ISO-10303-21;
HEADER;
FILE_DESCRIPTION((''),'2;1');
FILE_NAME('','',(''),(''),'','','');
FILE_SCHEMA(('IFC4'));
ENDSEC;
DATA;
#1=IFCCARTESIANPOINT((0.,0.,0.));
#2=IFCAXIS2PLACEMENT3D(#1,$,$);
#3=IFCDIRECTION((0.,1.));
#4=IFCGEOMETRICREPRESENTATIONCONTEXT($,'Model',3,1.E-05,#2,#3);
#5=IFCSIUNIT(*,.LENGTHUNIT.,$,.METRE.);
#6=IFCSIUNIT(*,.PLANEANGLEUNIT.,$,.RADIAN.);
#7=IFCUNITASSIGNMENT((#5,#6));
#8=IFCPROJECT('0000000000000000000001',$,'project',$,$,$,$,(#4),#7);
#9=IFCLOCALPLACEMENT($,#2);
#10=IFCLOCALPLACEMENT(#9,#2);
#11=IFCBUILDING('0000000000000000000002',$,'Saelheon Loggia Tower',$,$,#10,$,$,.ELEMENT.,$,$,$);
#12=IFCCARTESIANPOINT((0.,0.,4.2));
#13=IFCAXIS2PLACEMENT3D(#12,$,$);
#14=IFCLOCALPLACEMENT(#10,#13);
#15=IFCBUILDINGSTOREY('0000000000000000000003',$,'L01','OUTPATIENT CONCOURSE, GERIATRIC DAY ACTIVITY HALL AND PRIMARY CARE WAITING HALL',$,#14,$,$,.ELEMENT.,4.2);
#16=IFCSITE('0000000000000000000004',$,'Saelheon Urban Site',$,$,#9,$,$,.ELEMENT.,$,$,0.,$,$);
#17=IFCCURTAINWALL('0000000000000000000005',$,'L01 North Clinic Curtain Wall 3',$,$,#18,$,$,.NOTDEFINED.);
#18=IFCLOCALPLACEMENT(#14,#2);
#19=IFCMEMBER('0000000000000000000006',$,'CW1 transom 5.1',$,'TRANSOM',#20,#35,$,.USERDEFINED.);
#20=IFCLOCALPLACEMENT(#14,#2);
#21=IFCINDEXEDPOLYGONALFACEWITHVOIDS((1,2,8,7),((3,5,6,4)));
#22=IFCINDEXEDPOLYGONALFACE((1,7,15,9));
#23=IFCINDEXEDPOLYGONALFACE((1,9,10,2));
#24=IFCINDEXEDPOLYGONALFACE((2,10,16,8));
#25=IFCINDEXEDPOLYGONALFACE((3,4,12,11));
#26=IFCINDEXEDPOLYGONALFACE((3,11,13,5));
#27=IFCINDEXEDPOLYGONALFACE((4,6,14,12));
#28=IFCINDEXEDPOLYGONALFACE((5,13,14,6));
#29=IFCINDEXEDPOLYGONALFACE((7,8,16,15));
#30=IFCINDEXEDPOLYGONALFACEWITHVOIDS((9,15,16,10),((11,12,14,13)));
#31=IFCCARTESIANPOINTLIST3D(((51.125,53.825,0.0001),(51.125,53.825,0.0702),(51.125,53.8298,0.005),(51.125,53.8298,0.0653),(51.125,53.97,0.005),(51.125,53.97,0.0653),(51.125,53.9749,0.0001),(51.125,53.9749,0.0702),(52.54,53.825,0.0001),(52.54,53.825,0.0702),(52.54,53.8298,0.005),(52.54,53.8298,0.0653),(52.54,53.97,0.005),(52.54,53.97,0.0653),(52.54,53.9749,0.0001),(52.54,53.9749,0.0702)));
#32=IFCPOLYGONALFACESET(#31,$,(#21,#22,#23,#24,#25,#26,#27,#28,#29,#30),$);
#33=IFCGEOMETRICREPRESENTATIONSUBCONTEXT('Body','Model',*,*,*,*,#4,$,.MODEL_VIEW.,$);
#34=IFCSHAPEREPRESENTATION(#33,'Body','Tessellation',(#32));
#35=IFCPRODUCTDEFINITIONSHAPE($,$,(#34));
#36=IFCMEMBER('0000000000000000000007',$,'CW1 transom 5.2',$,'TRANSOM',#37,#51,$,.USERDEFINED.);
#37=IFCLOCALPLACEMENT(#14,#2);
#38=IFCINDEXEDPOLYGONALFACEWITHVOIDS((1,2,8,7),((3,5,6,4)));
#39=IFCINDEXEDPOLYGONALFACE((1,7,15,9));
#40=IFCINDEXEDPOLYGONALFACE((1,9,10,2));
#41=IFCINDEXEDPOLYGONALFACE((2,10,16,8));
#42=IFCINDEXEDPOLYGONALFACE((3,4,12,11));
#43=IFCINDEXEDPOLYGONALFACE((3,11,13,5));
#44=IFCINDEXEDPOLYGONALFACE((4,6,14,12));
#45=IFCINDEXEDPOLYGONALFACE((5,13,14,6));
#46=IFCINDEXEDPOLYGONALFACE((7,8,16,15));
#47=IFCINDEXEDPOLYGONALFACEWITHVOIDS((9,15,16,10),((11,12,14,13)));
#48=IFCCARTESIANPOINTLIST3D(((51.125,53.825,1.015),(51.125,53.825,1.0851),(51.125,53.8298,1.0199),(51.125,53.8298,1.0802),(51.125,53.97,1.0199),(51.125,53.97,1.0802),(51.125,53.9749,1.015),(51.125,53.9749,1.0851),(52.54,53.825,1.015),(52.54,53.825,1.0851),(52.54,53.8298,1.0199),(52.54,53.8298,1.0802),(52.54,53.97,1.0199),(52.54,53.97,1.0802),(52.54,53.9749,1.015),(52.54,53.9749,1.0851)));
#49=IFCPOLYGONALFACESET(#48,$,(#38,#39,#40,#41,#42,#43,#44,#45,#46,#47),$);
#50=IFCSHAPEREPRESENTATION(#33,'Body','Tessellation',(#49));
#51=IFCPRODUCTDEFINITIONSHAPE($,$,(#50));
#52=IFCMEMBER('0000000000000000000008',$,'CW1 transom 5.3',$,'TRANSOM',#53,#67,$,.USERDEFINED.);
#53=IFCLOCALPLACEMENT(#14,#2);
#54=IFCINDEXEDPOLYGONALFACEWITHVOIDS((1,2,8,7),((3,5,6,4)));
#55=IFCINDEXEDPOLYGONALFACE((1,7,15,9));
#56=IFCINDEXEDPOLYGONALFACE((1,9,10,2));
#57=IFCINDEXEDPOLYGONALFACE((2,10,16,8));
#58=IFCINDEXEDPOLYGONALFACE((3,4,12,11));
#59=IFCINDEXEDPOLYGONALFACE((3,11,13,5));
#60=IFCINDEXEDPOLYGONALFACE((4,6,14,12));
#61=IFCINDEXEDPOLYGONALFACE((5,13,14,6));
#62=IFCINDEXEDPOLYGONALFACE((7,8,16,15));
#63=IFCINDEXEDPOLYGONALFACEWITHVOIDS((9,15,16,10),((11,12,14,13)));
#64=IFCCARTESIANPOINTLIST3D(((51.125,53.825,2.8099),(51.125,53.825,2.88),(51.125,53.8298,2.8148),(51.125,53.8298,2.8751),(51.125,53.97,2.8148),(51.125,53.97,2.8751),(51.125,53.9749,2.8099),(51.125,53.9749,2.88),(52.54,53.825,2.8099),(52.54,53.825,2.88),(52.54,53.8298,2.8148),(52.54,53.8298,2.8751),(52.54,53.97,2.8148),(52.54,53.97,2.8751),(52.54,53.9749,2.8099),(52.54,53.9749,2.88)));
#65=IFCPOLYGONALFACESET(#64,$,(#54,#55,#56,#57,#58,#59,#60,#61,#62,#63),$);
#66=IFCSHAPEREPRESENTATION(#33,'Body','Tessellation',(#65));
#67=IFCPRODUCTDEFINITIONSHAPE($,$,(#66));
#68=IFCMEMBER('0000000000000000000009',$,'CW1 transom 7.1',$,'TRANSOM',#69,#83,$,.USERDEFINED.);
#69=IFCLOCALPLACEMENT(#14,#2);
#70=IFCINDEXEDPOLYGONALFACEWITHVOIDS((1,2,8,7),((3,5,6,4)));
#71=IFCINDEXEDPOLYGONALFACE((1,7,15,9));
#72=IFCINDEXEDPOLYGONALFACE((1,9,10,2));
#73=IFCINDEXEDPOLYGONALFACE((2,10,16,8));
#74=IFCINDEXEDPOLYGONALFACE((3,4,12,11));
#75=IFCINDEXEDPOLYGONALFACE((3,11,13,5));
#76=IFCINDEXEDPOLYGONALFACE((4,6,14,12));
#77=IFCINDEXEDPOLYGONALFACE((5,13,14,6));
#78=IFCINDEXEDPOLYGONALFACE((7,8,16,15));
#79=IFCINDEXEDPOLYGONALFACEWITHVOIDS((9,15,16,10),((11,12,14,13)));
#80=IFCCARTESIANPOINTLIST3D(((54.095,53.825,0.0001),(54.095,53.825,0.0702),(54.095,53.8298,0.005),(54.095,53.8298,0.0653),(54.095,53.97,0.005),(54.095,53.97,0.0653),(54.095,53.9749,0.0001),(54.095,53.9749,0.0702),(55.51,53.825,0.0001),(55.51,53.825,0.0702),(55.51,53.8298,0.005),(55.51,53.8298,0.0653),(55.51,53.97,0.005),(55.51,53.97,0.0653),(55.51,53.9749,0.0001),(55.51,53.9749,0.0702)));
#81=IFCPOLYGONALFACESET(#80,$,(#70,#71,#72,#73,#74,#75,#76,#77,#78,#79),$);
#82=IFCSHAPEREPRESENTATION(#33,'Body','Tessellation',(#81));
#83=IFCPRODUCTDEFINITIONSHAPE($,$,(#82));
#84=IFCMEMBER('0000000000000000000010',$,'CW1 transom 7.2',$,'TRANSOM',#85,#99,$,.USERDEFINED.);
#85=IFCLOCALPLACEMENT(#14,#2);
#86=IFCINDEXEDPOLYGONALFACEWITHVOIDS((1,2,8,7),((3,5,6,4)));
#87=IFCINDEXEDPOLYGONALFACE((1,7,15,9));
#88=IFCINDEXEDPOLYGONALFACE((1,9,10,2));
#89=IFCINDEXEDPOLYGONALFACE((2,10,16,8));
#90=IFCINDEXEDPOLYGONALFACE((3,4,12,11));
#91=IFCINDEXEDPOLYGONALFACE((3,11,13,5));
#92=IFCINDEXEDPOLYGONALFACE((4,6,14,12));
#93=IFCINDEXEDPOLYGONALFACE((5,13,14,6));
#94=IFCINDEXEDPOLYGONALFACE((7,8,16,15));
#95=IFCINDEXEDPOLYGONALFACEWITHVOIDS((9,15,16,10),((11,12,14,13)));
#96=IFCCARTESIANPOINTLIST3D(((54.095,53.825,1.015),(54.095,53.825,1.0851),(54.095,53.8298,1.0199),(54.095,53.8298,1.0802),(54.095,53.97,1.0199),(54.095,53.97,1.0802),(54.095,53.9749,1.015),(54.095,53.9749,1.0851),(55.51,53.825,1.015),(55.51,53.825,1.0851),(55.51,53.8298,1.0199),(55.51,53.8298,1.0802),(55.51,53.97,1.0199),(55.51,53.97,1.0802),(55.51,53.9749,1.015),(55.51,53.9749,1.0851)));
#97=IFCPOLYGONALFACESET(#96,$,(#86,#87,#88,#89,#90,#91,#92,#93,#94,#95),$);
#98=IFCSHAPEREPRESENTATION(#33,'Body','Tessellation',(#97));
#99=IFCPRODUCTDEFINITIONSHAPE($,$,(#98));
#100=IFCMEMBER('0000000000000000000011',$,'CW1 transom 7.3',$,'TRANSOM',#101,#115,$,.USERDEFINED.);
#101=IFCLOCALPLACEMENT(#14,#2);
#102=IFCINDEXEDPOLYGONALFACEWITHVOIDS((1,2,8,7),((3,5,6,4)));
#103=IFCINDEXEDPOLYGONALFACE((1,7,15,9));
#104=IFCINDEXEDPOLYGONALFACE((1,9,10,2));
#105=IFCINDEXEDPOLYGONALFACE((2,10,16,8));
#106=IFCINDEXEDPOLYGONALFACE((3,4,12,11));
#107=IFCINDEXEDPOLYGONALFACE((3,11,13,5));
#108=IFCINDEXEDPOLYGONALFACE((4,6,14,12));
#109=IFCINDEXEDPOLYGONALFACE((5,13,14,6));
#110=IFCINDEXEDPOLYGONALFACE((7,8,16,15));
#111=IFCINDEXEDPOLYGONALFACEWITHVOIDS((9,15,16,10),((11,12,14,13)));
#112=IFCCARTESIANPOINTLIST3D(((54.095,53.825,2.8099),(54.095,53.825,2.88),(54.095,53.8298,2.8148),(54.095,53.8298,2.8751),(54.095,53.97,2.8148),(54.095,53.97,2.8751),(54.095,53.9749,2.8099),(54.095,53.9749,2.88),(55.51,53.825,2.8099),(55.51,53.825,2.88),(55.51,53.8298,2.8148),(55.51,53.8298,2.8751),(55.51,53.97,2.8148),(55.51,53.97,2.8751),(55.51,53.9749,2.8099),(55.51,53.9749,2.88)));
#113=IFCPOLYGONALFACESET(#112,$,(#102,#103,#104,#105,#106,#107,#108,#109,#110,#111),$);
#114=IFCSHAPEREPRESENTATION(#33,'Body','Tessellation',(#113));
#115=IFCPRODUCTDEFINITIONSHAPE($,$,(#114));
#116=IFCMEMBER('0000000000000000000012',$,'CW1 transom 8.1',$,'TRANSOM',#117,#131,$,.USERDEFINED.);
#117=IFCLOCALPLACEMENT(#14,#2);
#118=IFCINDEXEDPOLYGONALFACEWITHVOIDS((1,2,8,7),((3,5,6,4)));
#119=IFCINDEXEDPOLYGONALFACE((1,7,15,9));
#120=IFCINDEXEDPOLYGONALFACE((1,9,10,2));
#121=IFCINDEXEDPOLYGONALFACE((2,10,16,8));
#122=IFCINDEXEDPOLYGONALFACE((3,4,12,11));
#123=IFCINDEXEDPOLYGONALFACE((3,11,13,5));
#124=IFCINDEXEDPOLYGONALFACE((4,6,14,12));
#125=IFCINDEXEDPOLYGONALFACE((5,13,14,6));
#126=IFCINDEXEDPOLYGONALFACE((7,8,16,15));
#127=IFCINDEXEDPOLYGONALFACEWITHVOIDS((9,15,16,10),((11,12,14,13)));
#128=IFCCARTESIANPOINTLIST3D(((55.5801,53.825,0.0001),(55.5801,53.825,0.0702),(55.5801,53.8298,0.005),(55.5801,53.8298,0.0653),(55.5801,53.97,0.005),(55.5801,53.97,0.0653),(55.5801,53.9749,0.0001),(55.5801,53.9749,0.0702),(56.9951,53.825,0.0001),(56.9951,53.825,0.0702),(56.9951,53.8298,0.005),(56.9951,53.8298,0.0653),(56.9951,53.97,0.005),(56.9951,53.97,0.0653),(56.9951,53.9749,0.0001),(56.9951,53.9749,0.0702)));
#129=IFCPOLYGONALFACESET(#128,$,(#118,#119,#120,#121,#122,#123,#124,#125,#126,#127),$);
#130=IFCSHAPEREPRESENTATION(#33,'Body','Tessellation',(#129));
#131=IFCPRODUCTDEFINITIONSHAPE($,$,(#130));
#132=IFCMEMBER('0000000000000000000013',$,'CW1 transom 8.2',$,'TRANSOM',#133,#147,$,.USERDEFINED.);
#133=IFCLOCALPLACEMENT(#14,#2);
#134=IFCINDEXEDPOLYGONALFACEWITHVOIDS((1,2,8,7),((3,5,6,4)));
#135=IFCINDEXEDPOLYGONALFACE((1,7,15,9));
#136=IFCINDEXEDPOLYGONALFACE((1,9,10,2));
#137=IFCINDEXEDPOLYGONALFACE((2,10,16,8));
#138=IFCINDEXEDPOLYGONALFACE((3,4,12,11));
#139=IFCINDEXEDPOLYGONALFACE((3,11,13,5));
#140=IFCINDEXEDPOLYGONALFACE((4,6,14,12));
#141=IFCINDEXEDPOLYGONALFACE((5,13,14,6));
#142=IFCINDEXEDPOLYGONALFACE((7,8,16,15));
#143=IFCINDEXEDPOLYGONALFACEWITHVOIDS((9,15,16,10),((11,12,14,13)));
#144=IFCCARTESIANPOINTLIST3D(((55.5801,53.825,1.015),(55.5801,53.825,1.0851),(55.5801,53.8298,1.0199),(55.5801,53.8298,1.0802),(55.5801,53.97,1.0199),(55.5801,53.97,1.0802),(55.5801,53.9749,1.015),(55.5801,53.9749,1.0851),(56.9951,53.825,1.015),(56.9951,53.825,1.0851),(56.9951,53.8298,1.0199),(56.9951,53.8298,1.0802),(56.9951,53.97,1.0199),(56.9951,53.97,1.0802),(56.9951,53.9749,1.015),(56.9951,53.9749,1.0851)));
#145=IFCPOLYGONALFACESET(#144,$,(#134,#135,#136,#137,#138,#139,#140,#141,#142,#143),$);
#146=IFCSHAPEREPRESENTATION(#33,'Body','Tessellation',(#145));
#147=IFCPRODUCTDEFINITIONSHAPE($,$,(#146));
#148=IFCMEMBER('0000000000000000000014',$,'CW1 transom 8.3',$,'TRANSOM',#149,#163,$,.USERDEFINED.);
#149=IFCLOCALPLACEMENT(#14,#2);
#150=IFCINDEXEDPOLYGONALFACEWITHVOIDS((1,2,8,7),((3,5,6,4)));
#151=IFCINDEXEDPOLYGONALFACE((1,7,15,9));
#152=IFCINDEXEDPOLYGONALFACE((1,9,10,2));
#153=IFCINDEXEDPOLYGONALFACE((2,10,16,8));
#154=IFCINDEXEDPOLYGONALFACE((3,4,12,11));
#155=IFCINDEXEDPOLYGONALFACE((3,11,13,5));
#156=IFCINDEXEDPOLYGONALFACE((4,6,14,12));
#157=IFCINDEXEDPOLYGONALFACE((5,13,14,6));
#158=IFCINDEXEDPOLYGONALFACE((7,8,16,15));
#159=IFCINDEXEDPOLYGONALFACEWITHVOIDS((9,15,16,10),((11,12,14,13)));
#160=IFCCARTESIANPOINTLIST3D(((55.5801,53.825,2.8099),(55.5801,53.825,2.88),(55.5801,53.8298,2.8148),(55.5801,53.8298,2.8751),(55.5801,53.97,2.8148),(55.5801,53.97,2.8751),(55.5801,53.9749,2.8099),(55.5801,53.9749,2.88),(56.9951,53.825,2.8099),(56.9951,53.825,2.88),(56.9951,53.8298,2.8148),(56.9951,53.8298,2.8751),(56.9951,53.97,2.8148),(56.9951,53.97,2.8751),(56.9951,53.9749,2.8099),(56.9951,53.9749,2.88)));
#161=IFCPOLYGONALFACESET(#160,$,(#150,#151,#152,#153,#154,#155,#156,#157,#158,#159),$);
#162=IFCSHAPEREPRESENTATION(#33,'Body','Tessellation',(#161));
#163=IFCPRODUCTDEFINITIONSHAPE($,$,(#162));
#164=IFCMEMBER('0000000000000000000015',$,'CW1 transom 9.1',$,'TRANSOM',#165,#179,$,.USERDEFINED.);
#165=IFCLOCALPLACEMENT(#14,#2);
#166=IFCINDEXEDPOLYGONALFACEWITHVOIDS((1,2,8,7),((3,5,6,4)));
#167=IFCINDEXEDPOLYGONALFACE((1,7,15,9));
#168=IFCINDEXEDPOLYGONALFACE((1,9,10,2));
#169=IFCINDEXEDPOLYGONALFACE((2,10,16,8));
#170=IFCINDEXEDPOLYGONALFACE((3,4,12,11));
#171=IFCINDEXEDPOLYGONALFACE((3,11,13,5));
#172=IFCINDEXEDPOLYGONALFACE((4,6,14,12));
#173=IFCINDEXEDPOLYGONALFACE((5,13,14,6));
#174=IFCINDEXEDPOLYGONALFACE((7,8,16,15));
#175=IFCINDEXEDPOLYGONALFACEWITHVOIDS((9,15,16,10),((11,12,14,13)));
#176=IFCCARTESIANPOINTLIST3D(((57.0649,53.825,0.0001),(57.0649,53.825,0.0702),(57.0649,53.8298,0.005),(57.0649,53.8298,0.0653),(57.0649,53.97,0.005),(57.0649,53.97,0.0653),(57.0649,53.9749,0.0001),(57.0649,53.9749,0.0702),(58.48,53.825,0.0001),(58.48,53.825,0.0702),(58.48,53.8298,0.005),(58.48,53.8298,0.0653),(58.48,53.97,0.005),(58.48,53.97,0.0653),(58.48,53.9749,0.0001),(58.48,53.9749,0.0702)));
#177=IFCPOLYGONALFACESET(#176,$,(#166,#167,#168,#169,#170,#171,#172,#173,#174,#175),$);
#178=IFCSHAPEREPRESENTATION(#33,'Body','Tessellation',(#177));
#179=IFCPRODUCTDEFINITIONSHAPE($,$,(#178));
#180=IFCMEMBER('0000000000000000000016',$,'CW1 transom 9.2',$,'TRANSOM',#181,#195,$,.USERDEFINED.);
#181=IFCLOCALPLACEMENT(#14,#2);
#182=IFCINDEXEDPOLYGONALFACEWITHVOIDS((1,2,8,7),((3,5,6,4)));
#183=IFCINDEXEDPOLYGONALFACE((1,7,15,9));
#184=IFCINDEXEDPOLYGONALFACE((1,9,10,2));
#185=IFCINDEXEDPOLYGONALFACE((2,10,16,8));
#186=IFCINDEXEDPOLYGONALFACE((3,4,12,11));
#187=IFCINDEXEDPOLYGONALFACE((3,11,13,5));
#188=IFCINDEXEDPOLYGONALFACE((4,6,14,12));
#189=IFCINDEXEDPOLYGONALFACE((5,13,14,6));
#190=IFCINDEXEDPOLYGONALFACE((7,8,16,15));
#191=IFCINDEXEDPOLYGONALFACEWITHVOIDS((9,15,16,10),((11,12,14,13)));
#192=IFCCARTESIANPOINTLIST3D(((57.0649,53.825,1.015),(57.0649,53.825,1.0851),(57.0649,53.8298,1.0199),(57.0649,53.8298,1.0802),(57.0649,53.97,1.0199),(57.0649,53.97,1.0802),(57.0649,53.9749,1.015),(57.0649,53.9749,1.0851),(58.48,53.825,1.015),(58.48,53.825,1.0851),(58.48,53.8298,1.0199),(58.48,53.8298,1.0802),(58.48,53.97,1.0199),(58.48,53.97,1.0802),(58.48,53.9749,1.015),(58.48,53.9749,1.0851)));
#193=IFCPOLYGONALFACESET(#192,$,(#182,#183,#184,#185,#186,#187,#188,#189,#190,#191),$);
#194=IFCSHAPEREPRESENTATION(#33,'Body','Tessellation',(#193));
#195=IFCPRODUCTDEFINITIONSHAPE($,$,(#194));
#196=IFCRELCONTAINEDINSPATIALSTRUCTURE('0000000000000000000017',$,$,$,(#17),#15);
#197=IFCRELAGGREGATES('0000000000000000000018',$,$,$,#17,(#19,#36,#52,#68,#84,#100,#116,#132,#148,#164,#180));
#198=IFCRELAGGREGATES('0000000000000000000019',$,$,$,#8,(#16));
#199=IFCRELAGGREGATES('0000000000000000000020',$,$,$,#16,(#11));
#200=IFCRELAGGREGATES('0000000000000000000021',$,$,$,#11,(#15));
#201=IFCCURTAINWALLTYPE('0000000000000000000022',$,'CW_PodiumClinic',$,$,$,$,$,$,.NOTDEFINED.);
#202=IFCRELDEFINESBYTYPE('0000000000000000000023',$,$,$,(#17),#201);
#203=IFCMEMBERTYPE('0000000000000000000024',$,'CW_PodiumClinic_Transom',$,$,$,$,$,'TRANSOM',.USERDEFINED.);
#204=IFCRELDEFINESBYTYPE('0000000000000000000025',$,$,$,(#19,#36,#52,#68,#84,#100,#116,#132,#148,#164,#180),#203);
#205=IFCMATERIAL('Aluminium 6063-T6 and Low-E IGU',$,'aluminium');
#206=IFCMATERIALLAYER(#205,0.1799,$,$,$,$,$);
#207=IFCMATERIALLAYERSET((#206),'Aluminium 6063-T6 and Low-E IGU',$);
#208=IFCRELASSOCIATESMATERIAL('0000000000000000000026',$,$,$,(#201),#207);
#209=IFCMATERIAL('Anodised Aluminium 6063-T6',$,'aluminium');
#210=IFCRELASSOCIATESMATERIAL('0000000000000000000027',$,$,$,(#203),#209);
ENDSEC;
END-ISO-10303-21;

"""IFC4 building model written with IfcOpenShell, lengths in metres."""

from ifc_helpers import new_model, si_unit, direction, frame, origin, origin_2d, place, context, subcontext, project, spatial, hollow_rectangle, extrude, source, transform, mapped, material, layer, layer_set, material_profile, profile_set, type_object, element, aggregate, save


model = new_model("IFC4")

# Units and contexts
model_context = context("Model", 3, precision=1e-05, world=origin(), true_north=direction((0.0, 1.0)))
body_context = subcontext(model_context, "Body", "Model", "MODEL_VIEW")
ifc_project = project(units=[si_unit("LENGTHUNIT", "METRE"), si_unit("PLANEANGLEUNIT", "RADIAN")], contexts=[model_context])

# Site, building, storey
site_placement = place(None, origin())
site = spatial("IfcSite", under=ifc_project, at=site_placement, Name="Saelheon Urban Site", CompositionType="ELEMENT", RefElevation=0.0)
building_placement = place(site_placement, origin())
building = spatial("IfcBuilding", under=site, at=building_placement, Name="Saelheon Loggia Tower", CompositionType="ELEMENT")
storey_placement = place(building_placement, frame((0.0, 0.0, 4.2)))
storey = spatial("IfcBuildingStorey", under=building, at=storey_placement, Name="L01", Description="OUTPATIENT CONCOURSE, GERIATRIC DAY ACTIVITY HALL AND PRIMARY CARE WAITING HALL", CompositionType="ELEMENT", Elevation=4.2)

# Curtain wall, members
ifc_material_1 = material(Name="Aluminium 6063-T6 and Low-E IGU", Category="aluminium")
ifc_layer_1 = layer(ifc_material_1, 0.1799)
ifc_layer_set_1 = layer_set([ifc_layer_1], Name="Aluminium 6063-T6 and Low-E IGU")
curtain_wall_type = type_object("IfcCurtainWallType", Name="CW_PodiumClinic", PredefinedType="NOTDEFINED", material=ifc_layer_set_1)
curtain_wall_placement = place(storey_placement, origin())
curtain_wall = element("IfcCurtainWall", 1, at=curtain_wall_placement, inside=storey, type_object=curtain_wall_type, Name="L01 North Clinic Curtain Wall 3", PredefinedType="NOTDEFINED")
ifc_material_2 = material(Name="Anodised Aluminium 6063-T6", Category="aluminium")
ifc_material_profile_1 = material_profile(ifc_material_2, hollow_rectangle(XDim=0.0701, YDim=0.1499, WallThickness=0.0049, at=origin_2d()), Name="RHS-150x70x5")
ifc_profile_set_1 = profile_set([ifc_material_profile_1], Name="Anodised Aluminium 6063-T6")
member_type_1 = type_object("IfcMemberType", Name="CW_PodiumClinic_Transom", ElementType="TRANSOM", PredefinedType="USERDEFINED", material=ifc_profile_set_1)
shared_shape_1 = source(origin(), body_context, "Body", "SweptSolid", [
    extrude(hollow_rectangle(XDim=0.0701, YDim=0.1499, WallThickness=0.0049, at=origin_2d()), origin(), (0.0, 0.0, 1.0), 1.415),
])
member_1_placement = place(storey_placement, frame((51.125, 53.8999, 0.0352), z_axis=(1.0, 0.0, 0.0), x_axis=(0.0, 0.0, 1.0)))
member_1 = element("IfcMember", 2, at=member_1_placement, type_object=member_type_1, Name="CW1 transom 5.1", ObjectType="TRANSOM", PredefinedType="USERDEFINED", context=body_context, shape_type="MappedRepresentation", body=[
    mapped(shared_shape_1, transform((0.0, 0.0, 0.0), scale=1.0)),
])
member_2_placement = place(storey_placement, frame((51.125, 53.8999, 1.05), z_axis=(1.0, 0.0, 0.0), x_axis=(0.0, 0.0, 1.0)))
member_2 = element("IfcMember", 3, at=member_2_placement, type_object=member_type_1, Name="CW1 transom 5.2", ObjectType="TRANSOM", PredefinedType="USERDEFINED", context=body_context, shape_type="MappedRepresentation", body=[
    mapped(shared_shape_1, transform((0.0, 0.0, 0.0), scale=1.0)),
])
member_3_placement = place(storey_placement, frame((51.125, 53.8999, 2.845), z_axis=(1.0, 0.0, 0.0), x_axis=(0.0, 0.0, 1.0)))
member_3 = element("IfcMember", 4, at=member_3_placement, type_object=member_type_1, Name="CW1 transom 5.3", ObjectType="TRANSOM", PredefinedType="USERDEFINED", context=body_context, shape_type="MappedRepresentation", body=[
    mapped(shared_shape_1, transform((0.0, 0.0, 0.0), scale=1.0)),
])
member_4_placement = place(storey_placement, frame((54.095, 53.8999, 0.0352), z_axis=(1.0, 0.0, 0.0), x_axis=(0.0, 0.0, 1.0)))
member_4 = element("IfcMember", 5, at=member_4_placement, type_object=member_type_1, Name="CW1 transom 7.1", ObjectType="TRANSOM", PredefinedType="USERDEFINED", context=body_context, shape_type="MappedRepresentation", body=[
    mapped(shared_shape_1, transform((0.0, 0.0, 0.0), scale=1.0)),
])
member_5_placement = place(storey_placement, frame((54.095, 53.8999, 1.05), z_axis=(1.0, 0.0, 0.0), x_axis=(0.0, 0.0, 1.0)))
member_5 = element("IfcMember", 6, at=member_5_placement, type_object=member_type_1, Name="CW1 transom 7.2", ObjectType="TRANSOM", PredefinedType="USERDEFINED", context=body_context, shape_type="MappedRepresentation", body=[
    mapped(shared_shape_1, transform((0.0, 0.0, 0.0), scale=1.0)),
])
member_6_placement = place(storey_placement, frame((54.095, 53.8999, 2.845), z_axis=(1.0, 0.0, 0.0), x_axis=(0.0, 0.0, 1.0)))
member_6 = element("IfcMember", 7, at=member_6_placement, type_object=member_type_1, Name="CW1 transom 7.3", ObjectType="TRANSOM", PredefinedType="USERDEFINED", context=body_context, shape_type="MappedRepresentation", body=[
    mapped(shared_shape_1, transform((0.0, 0.0, 0.0), scale=1.0)),
])
member_7_placement = place(storey_placement, frame((55.5801, 53.8999, 0.0352), z_axis=(1.0, 0.0, 0.0), x_axis=(0.0, 0.0, 1.0)))
member_7 = element("IfcMember", 8, at=member_7_placement, type_object=member_type_1, Name="CW1 transom 8.1", ObjectType="TRANSOM", PredefinedType="USERDEFINED", context=body_context, shape_type="MappedRepresentation", body=[
    mapped(shared_shape_1, transform((0.0, 0.0, 0.0), scale=1.0)),
])
member_8_placement = place(storey_placement, frame((55.5801, 53.8999, 1.05), z_axis=(1.0, 0.0, 0.0), x_axis=(0.0, 0.0, 1.0)))
member_8 = element("IfcMember", 9, at=member_8_placement, type_object=member_type_1, Name="CW1 transom 8.2", ObjectType="TRANSOM", PredefinedType="USERDEFINED", context=body_context, shape_type="MappedRepresentation", body=[
    mapped(shared_shape_1, transform((0.0, 0.0, 0.0), scale=1.0)),
])
member_9_placement = place(storey_placement, frame((55.5801, 53.8999, 2.845), z_axis=(1.0, 0.0, 0.0), x_axis=(0.0, 0.0, 1.0)))
member_9 = element("IfcMember", 10, at=member_9_placement, type_object=member_type_1, Name="CW1 transom 8.3", ObjectType="TRANSOM", PredefinedType="USERDEFINED", context=body_context, shape_type="MappedRepresentation", body=[
    mapped(shared_shape_1, transform((0.0, 0.0, 0.0), scale=1.0)),
])
member_10_placement = place(storey_placement, frame((57.0649, 53.8999, 0.0352), z_axis=(1.0, 0.0, 0.0), x_axis=(0.0, 0.0, 1.0)))
member_10 = element("IfcMember", 11, at=member_10_placement, type_object=member_type_1, Name="CW1 transom 9.1", ObjectType="TRANSOM", PredefinedType="USERDEFINED", context=body_context, shape_type="MappedRepresentation", body=[
    mapped(shared_shape_1, transform((0.0, 0.0, 0.0), scale=1.0)),
])
member_11_placement = place(storey_placement, frame((57.0649, 53.8999, 1.05), z_axis=(1.0, 0.0, 0.0), x_axis=(0.0, 0.0, 1.0)))
member_11 = element("IfcMember", 12, at=member_11_placement, type_object=member_type_1, Name="CW1 transom 9.2", ObjectType="TRANSOM", PredefinedType="USERDEFINED", context=body_context, shape_type="MappedRepresentation", body=[
    mapped(shared_shape_1, transform((0.0, 0.0, 0.0), scale=1.0)),
])
aggregate(curtain_wall, [member_1, member_2, member_3, member_4, member_5, member_6, member_7, member_8, member_9, member_10, member_11])

save(model, "model.ifc")
